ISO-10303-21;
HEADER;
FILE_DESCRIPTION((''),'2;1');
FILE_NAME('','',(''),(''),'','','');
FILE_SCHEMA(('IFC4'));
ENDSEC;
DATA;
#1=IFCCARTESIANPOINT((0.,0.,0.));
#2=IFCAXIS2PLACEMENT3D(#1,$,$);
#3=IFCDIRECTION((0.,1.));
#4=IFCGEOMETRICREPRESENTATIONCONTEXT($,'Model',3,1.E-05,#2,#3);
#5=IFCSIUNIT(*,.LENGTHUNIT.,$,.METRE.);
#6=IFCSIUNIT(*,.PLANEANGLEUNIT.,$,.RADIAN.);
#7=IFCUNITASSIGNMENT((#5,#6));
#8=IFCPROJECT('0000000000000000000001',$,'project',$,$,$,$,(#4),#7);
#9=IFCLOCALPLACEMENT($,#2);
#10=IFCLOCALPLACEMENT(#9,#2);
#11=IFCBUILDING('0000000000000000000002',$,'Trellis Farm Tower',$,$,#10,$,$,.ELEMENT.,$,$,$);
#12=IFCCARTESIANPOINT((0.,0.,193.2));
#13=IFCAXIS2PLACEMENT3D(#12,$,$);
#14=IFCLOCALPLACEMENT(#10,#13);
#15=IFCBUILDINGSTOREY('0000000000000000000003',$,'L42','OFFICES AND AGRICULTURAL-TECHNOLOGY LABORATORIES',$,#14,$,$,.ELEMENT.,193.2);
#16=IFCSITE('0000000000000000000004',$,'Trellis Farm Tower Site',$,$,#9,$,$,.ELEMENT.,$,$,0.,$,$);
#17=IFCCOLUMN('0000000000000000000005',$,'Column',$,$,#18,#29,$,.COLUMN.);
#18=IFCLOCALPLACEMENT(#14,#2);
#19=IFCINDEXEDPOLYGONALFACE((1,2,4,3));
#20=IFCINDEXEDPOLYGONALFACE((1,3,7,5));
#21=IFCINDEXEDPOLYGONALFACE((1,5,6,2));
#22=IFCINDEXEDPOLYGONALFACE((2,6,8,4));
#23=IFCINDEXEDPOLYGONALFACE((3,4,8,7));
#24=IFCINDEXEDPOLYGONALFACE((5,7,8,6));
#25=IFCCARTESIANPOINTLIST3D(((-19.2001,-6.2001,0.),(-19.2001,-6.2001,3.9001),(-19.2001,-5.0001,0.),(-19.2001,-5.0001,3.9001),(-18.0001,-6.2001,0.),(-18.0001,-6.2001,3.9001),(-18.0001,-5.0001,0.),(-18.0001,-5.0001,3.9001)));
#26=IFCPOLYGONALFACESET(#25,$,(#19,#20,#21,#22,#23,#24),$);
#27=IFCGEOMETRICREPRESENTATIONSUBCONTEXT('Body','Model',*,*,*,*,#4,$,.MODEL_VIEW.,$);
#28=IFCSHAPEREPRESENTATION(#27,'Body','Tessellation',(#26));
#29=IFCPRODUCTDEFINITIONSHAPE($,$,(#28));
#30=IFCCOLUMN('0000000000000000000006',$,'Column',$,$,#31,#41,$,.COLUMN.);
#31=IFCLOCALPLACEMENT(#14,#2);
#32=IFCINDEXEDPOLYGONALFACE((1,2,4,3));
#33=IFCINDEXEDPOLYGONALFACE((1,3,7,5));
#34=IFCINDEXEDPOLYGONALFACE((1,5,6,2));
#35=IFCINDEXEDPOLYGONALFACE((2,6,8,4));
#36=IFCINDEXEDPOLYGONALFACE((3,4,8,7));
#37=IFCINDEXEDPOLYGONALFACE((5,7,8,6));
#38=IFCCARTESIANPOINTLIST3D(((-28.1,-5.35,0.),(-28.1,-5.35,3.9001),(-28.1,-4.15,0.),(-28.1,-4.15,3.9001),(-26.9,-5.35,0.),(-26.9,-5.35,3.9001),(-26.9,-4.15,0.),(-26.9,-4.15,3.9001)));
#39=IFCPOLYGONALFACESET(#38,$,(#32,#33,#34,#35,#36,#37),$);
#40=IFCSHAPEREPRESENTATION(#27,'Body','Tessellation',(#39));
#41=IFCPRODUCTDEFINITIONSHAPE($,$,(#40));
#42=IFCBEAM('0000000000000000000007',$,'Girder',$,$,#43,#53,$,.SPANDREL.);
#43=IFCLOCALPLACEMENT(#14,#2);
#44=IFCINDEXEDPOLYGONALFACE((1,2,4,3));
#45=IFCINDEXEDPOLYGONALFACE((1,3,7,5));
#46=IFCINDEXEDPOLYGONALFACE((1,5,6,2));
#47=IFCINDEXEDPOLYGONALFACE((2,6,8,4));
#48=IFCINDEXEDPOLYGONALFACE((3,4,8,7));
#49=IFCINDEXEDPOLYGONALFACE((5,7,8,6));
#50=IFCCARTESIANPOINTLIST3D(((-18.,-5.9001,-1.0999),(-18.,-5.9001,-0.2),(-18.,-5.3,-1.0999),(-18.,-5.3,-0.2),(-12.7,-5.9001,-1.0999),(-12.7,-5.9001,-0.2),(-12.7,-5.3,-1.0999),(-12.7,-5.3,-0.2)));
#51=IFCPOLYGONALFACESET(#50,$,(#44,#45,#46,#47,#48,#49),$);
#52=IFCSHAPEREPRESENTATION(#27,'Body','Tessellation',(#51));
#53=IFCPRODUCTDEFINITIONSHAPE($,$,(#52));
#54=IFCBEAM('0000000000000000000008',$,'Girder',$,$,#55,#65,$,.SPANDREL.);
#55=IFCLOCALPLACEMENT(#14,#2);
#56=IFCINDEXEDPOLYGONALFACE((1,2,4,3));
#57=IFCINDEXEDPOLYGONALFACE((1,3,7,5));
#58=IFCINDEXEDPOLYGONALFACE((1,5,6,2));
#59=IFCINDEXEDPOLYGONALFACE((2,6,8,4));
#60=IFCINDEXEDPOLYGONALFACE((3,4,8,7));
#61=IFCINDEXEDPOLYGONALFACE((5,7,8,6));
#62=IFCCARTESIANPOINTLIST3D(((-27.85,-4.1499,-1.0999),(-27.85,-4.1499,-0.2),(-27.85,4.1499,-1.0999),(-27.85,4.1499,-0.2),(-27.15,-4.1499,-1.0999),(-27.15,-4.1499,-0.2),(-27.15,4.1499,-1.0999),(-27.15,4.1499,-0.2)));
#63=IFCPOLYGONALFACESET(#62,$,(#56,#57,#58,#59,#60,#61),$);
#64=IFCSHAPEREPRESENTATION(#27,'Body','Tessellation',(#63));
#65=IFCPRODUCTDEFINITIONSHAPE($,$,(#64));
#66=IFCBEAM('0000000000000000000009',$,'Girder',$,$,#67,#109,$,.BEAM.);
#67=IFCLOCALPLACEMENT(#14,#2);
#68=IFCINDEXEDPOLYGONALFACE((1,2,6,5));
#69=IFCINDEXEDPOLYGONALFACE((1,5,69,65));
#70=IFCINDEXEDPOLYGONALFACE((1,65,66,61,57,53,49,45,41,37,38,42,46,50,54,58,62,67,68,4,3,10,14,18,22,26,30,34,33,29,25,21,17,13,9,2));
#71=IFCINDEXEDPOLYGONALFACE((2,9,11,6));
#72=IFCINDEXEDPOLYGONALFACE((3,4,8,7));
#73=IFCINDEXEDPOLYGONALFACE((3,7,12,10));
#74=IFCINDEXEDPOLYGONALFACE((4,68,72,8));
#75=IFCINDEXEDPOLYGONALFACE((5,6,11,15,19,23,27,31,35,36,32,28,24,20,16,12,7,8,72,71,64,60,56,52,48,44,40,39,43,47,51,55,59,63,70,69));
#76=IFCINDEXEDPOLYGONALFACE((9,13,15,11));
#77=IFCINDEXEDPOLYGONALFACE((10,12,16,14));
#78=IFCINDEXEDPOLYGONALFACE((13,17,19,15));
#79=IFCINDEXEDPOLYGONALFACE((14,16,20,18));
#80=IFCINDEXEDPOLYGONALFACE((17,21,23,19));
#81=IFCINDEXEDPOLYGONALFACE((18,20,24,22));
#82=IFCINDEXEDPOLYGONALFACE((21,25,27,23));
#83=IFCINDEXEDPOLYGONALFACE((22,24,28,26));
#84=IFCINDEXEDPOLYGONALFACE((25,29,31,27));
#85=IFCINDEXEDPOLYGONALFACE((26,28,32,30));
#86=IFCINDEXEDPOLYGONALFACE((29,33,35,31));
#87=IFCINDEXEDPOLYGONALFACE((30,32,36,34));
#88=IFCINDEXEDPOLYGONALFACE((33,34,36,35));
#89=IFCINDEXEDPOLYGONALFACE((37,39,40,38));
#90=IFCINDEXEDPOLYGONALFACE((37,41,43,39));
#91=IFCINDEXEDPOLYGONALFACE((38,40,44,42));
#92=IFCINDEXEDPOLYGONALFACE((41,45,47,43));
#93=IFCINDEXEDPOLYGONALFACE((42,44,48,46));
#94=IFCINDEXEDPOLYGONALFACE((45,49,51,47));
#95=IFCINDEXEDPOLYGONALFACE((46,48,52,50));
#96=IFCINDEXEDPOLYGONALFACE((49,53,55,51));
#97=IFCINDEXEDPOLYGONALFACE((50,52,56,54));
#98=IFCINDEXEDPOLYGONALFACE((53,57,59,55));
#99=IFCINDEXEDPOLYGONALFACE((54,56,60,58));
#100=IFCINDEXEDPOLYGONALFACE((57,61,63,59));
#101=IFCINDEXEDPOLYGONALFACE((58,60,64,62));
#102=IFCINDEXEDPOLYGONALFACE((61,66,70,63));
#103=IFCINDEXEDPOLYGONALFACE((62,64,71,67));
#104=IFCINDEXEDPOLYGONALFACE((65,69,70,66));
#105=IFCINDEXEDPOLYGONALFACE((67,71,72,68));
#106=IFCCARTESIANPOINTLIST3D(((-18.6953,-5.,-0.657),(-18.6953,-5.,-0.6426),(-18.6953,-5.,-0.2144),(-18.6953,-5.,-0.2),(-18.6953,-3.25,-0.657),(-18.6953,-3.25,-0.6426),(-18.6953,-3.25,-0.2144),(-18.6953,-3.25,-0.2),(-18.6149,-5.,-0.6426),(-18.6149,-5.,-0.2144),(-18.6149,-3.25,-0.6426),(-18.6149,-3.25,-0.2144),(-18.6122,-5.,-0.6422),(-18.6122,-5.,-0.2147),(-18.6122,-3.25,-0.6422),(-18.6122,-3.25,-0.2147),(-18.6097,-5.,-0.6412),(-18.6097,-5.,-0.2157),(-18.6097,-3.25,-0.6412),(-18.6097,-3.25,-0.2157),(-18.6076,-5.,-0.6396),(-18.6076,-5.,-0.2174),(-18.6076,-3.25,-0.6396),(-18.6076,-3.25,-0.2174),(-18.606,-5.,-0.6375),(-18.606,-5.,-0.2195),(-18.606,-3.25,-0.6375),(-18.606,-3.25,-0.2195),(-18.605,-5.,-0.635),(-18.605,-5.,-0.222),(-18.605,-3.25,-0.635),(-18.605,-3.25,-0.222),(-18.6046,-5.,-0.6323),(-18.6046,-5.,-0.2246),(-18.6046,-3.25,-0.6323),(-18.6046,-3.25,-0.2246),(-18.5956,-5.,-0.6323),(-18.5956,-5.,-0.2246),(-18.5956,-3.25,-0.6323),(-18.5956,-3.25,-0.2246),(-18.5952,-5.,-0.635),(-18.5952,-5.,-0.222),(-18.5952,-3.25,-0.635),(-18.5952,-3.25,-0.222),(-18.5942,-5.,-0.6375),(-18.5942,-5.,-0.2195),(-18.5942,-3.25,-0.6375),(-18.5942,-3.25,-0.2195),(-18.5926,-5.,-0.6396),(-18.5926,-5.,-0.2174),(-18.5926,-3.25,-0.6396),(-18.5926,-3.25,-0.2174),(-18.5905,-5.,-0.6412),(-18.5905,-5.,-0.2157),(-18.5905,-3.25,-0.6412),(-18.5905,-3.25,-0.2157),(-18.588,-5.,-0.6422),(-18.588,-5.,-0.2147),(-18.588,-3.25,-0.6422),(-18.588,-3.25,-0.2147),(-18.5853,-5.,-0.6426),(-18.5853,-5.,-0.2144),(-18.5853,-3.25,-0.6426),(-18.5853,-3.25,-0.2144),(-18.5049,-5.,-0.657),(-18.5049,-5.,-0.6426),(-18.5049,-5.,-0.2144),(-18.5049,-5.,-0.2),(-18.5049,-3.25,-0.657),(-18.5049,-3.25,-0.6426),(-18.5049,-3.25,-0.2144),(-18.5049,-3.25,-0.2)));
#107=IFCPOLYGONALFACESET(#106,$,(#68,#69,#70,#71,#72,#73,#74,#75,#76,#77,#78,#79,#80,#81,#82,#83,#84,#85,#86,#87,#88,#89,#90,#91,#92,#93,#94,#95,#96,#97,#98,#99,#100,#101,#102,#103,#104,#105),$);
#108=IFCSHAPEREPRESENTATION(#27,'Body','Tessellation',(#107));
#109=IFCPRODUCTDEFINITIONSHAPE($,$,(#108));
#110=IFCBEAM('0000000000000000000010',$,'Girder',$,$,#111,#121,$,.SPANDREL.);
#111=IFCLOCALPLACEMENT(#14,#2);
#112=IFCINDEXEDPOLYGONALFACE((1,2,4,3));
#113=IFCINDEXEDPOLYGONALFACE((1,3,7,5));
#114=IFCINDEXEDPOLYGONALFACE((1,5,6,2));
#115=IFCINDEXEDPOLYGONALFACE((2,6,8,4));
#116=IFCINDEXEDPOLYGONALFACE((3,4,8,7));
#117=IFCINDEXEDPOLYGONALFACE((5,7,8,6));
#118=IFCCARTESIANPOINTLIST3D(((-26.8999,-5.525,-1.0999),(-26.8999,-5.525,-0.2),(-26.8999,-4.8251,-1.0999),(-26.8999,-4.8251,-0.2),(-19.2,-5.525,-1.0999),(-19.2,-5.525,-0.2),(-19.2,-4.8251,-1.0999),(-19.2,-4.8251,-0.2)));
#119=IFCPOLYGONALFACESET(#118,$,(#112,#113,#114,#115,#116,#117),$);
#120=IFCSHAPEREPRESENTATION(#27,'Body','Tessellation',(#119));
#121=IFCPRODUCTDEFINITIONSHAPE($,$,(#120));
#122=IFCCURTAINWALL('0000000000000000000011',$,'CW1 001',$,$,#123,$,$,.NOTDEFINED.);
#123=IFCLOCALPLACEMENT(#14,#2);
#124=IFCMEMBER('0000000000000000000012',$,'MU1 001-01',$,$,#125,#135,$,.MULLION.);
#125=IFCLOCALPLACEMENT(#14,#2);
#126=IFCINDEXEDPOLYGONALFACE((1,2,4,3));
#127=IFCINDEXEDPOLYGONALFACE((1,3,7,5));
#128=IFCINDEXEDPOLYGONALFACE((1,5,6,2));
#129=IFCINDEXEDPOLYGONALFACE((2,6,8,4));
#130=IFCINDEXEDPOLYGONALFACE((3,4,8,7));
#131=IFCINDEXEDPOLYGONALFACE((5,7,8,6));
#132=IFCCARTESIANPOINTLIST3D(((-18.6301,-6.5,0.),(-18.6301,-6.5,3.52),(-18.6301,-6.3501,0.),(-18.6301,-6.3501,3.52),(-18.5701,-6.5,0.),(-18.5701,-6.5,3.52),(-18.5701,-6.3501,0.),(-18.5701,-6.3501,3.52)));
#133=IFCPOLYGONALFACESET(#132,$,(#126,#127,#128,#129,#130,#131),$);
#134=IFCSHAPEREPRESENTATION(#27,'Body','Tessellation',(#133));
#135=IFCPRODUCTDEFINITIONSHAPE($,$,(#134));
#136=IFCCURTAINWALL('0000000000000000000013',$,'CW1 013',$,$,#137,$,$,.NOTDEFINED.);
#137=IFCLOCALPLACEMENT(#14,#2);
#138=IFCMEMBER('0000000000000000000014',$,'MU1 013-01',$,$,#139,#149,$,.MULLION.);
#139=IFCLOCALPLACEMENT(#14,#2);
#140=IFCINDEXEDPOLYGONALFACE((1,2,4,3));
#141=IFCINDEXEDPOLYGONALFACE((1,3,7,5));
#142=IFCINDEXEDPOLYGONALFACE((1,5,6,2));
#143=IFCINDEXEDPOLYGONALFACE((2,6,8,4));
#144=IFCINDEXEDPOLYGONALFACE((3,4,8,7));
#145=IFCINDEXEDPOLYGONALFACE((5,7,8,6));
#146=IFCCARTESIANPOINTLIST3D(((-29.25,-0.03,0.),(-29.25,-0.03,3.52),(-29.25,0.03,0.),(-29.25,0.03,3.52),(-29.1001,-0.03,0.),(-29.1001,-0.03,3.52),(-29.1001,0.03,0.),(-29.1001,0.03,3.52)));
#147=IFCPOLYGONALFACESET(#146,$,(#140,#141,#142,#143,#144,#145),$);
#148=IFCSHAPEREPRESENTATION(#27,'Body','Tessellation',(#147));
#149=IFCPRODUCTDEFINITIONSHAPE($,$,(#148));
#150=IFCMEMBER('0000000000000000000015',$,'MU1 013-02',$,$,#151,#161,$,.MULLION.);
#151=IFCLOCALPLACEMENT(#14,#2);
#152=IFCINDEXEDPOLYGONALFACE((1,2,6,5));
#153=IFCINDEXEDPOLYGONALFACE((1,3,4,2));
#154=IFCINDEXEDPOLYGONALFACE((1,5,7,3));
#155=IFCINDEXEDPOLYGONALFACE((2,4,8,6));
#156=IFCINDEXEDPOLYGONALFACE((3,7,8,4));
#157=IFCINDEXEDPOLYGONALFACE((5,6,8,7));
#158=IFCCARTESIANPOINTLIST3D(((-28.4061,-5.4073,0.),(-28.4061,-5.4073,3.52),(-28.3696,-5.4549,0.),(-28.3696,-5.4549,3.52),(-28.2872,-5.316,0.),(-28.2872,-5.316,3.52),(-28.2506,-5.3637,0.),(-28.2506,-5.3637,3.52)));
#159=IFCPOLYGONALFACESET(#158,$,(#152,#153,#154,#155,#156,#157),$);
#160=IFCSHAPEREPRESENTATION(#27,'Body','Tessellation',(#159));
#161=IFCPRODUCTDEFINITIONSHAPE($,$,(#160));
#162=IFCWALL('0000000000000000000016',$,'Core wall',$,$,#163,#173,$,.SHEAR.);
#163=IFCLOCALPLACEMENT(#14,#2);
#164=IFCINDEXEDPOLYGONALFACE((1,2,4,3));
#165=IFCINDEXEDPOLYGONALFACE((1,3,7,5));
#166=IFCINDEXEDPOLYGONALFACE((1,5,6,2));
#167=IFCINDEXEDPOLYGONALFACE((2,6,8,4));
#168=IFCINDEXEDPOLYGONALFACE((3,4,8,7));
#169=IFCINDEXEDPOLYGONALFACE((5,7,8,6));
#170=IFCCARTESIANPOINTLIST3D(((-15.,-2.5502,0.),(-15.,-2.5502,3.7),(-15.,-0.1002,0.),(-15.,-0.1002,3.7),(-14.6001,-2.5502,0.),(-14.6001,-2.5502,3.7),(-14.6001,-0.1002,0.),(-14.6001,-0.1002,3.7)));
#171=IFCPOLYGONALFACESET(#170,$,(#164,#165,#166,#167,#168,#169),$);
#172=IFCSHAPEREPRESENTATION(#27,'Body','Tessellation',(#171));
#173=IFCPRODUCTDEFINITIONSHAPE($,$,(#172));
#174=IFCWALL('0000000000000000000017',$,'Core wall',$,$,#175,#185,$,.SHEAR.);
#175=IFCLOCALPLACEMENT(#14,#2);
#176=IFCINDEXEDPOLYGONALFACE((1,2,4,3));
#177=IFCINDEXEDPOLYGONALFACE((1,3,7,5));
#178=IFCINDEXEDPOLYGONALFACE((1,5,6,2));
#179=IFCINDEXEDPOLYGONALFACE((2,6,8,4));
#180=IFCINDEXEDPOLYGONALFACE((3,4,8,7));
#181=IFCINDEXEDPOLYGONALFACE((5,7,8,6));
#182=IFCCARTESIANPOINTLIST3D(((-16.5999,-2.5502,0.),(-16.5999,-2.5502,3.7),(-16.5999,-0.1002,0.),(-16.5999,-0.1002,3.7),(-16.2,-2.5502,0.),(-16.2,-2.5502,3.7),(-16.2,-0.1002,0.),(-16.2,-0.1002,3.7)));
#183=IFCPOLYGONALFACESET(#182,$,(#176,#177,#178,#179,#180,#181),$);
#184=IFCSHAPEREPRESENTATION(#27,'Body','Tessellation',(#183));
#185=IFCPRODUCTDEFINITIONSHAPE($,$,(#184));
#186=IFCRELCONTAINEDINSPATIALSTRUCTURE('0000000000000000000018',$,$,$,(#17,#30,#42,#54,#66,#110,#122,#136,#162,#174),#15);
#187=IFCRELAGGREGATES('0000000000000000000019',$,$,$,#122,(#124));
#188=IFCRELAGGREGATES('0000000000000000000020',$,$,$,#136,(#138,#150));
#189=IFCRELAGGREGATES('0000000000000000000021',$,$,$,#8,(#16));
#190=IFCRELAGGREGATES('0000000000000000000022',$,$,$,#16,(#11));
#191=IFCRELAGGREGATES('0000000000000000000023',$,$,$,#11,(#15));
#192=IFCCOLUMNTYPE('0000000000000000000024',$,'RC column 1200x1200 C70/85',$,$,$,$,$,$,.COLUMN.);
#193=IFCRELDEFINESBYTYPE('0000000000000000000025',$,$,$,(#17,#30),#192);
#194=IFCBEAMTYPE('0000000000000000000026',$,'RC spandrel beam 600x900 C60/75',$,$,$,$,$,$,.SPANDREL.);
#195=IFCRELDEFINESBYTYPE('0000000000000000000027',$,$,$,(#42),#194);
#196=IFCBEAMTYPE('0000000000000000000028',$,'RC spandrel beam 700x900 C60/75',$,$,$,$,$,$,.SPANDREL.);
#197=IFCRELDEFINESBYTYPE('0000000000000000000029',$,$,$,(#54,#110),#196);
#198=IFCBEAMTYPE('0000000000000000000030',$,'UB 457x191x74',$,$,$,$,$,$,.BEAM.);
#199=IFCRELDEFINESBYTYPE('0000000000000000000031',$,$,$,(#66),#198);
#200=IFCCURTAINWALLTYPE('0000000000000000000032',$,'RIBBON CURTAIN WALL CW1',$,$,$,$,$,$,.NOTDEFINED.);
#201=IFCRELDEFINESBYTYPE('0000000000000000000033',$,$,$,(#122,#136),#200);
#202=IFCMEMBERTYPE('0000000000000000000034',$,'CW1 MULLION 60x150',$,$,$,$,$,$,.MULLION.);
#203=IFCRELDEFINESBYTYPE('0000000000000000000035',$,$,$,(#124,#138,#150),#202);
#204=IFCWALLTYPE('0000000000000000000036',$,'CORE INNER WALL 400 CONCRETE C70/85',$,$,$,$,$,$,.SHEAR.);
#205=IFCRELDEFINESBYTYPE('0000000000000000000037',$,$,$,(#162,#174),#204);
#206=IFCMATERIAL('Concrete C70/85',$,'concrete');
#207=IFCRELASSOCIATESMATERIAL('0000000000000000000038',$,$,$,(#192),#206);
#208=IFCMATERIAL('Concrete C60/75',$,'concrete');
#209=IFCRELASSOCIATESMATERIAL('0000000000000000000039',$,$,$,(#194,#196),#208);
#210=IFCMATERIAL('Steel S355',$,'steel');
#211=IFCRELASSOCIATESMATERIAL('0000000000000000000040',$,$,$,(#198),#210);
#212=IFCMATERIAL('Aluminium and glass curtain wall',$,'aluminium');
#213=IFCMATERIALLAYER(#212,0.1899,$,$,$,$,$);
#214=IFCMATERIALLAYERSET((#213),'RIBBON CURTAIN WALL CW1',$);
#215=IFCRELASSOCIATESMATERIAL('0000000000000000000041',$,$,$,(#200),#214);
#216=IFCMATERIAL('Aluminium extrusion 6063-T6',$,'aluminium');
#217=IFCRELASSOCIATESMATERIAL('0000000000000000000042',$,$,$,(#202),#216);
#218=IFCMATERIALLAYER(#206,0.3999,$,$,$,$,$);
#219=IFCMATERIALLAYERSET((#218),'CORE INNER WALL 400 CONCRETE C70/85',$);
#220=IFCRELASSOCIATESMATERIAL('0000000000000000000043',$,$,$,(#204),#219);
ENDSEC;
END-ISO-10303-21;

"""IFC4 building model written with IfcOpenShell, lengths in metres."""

from ifc_helpers import new_model, si_unit, direction, frame, frame_2d, origin, origin_2d, place, context, subcontext, project, spatial, rectangle, i_section, extrude, source, transform, mapped, material, layer, layer_set, material_profile, profile_set, type_object, element, aggregate, save


model = new_model("IFC4")

# Units and contexts
model_context = context("Model", 3, precision=1e-05, world=origin(), true_north=direction((0.0, 1.0)))
body_context = subcontext(model_context, "Body", "Model", "MODEL_VIEW")
ifc_project = project(units=[si_unit("LENGTHUNIT", "METRE"), si_unit("PLANEANGLEUNIT", "RADIAN")], contexts=[model_context])

# Site, building, storey
site_placement = place(None, origin())
site = spatial("IfcSite", under=ifc_project, at=site_placement, Name="Trellis Farm Tower Site", CompositionType="ELEMENT", RefElevation=0.0)
building_placement = place(site_placement, origin())
building = spatial("IfcBuilding", under=site, at=building_placement, Name="Trellis Farm Tower", CompositionType="ELEMENT")
storey_placement = place(building_placement, frame((0.0, 0.0, 193.2)))
storey = spatial("IfcBuildingStorey", under=building, at=storey_placement, Name="L42", Description="OFFICES AND AGRICULTURAL-TECHNOLOGY LABORATORIES", CompositionType="ELEMENT", Elevation=193.2)

# Columns
ifc_material_1 = material(Name="Concrete C70/85", Category="concrete")
ifc_material_profile_1 = material_profile(ifc_material_1, rectangle(XDim=1.2, YDim=1.2, at=origin_2d()), Name="RC column 1200x1200 C70/85")
ifc_profile_set_1 = profile_set([ifc_material_profile_1], Name="Concrete C70/85")
column_type = type_object("IfcColumnType", Name="RC column 1200x1200 C70/85", PredefinedType="COLUMN", material=ifc_profile_set_1)
shared_shape_1 = source(origin(), body_context, "Body", "SweptSolid", [
    extrude(rectangle(XDim=1.2, YDim=1.2, at=origin_2d()), origin(), (0.0, 0.0, 1.0), 3.9001),
])
for number, where, z_axis, x_axis, name in (
    (1, (-18.6001, -5.6001, 0.0), (0.0, 0.0, 1.0), (1.0, 0.0, 0.0), "Column"),
    (2, (-27.5, -4.75, 0.0), (0.0, 0.0, 1.0), (1.0, 0.0, 0.0), "Column"),
):
    element("IfcColumn", number, at=place(storey_placement, frame(where, z_axis=z_axis, x_axis=x_axis)), inside=storey, type_object=column_type, Name=name, PredefinedType="COLUMN", context=body_context, shape_type="MappedRepresentation", body=[
        mapped(shared_shape_1, transform((0.0, 0.0, 0.0))),
    ])

# Beams
ifc_material_2 = material(Name="Concrete C60/75", Category="concrete")
ifc_material_profile_2 = material_profile(ifc_material_2, rectangle(XDim=0.6001, YDim=0.8999, at=origin_2d()), Name="RC spandrel beam 600x900 C60/75")
ifc_profile_set_2 = profile_set([ifc_material_profile_2], Name="Concrete C60/75")
beam_type_1 = type_object("IfcBeamType", Name="RC spandrel beam 600x900 C60/75", PredefinedType="SPANDREL", material=ifc_profile_set_2)
shared_shape_2 = source(origin(), body_context, "Body", "SweptSolid", [
    extrude(rectangle(XDim=0.6001, YDim=0.8999, at=origin_2d()), origin(), (0.0, 0.0, 1.0), 5.3),
])
beam_1_placement = place(storey_placement, frame((-18.0, -5.6001, -0.6499), z_axis=(1.0, 0.0, 0.0), x_axis=(0.0, 1.0, 0.0)))
element("IfcBeam", 3, at=beam_1_placement, inside=storey, type_object=beam_type_1, Name="Girder", PredefinedType="SPANDREL", context=body_context, shape_type="MappedRepresentation", body=[
    mapped(shared_shape_2, transform((0.0, 0.0, 0.0))),
])
ifc_material_profile_3 = material_profile(ifc_material_2, rectangle(XDim=0.7, YDim=0.8999, at=origin_2d()), Name="RC spandrel beam 700x900 C60/75")
ifc_profile_set_3 = profile_set([ifc_material_profile_3], Name="Concrete C60/75")
beam_type_2 = type_object("IfcBeamType", Name="RC spandrel beam 700x900 C60/75", PredefinedType="SPANDREL", material=ifc_profile_set_3)
shared_shape_3 = source(origin(), body_context, "Body", "SweptSolid", [
    extrude(rectangle(XDim=0.7, YDim=0.8999, at=origin_2d()), origin(), (0.0, 0.0, 1.0), 8.2998),
])
beam_2_placement = place(storey_placement, frame((-27.5, -4.1499, -0.6499), z_axis=(0.0, 1.0, 0.0), x_axis=(-1.0, 0.0, 0.0)))
element("IfcBeam", 4, at=beam_2_placement, inside=storey, type_object=beam_type_2, Name="Girder", PredefinedType="SPANDREL", context=body_context, shape_type="MappedRepresentation", body=[
    mapped(shared_shape_3, transform((0.0, 0.0, 0.0))),
])
ifc_material_3 = material(Name="Steel S355", Category="steel")
ifc_material_profile_4 = material_profile(ifc_material_3, i_section(OverallWidth=0.1904, OverallDepth=0.457, WebThickness=0.009, FlangeThickness=0.0144, FilletRadius=0.0103, at=origin_2d()), Name="UB 457x191x74")
ifc_profile_set_4 = profile_set([ifc_material_profile_4], Name="Steel S355")
beam_type_3 = type_object("IfcBeamType", Name="UB 457x191x74", PredefinedType="BEAM", material=ifc_profile_set_4)
shared_shape_4 = source(origin(), body_context, "Body", "SweptSolid", [
    extrude(i_section(OverallWidth=0.1904, OverallDepth=0.457, WebThickness=0.009, FlangeThickness=0.0144, FilletRadius=0.0103, at=origin_2d()), origin(), (0.0, 0.0, 1.0), 1.75),
])
beam_3_placement = place(storey_placement, frame((-18.6001, -5.0, -0.4285), z_axis=(0.0, 1.0, 0.0), x_axis=(-1.0, 0.0, 0.0)))
element("IfcBeam", 5, at=beam_3_placement, inside=storey, type_object=beam_type_3, Name="Girder", PredefinedType="BEAM", context=body_context, shape_type="MappedRepresentation", body=[
    mapped(shared_shape_4, transform((0.0, 0.0, 0.0))),
])
shared_shape_5 = source(origin(), body_context, "Body", "SweptSolid", [
    extrude(rectangle(XDim=0.7, YDim=0.8999, at=origin_2d()), origin(), (0.0, 0.0, 1.0), 7.7),
])
beam_4_placement = place(storey_placement, frame((-26.8999, -5.175, -0.6499), z_axis=(1.0, 0.0, 0.0), x_axis=(0.0, 1.0, 0.0)))
element("IfcBeam", 6, at=beam_4_placement, inside=storey, type_object=beam_type_2, Name="Girder", PredefinedType="SPANDREL", context=body_context, shape_type="MappedRepresentation", body=[
    mapped(shared_shape_5, transform((0.0, 0.0, 0.0))),
])

# Curtain wall, member
ifc_material_4 = material(Name="Aluminium and glass curtain wall", Category="aluminium")
ifc_layer_1 = layer(ifc_material_4, 0.1899)
ifc_layer_set_1 = layer_set([ifc_layer_1], Name="RIBBON CURTAIN WALL CW1")
curtain_wall_type = type_object("IfcCurtainWallType", Name="RIBBON CURTAIN WALL CW1", PredefinedType="NOTDEFINED", material=ifc_layer_set_1)
placement = place(storey_placement, origin())
curtain_wall_1 = element("IfcCurtainWall", 7, at=placement, inside=storey, type_object=curtain_wall_type, Name="CW1 001", PredefinedType="NOTDEFINED")
ifc_material_5 = material(Name="Aluminium extrusion 6063-T6", Category="aluminium")
ifc_material_profile_5 = material_profile(ifc_material_5, rectangle(XDim=0.0601, YDim=0.1499, at=origin_2d()), Name="MULLION 60x150")
ifc_profile_set_5 = profile_set([ifc_material_profile_5], Name="Aluminium extrusion 6063-T6")
member_type = type_object("IfcMemberType", Name="CW1 MULLION 60x150", PredefinedType="MULLION", material=ifc_profile_set_5)
shared_shape_6 = source(origin(), body_context, "Body", "SweptSolid", [
    extrude(rectangle(XDim=0.0601, YDim=0.1499, at=origin_2d()), origin(), (0.0, 0.0, 1.0), 3.52),
])
member_1_placement = place(storey_placement, frame((-18.6001, -6.425, 0.0), z_axis=(0.0, 0.0, 1.0), x_axis=(1.0, 0.0, 0.0)))
member_1 = element("IfcMember", 8, at=member_1_placement, type_object=member_type, Name="MU1 001-01", PredefinedType="MULLION", context=body_context, shape_type="MappedRepresentation", body=[
    mapped(shared_shape_6, transform((0.0, 0.0, 0.0))),
])
aggregate(curtain_wall_1, [member_1])

# Curtain wall, members
curtain_wall_2 = element("IfcCurtainWall", 9, at=placement, inside=storey, type_object=curtain_wall_type, Name="CW1 013", PredefinedType="NOTDEFINED")
member_2_placement = place(storey_placement, frame((-29.175, 0.0, 0.0), z_axis=(0.0, 0.0, 1.0), x_axis=(0.0, -1.0, 0.0)))
member_2 = element("IfcMember", 10, at=member_2_placement, type_object=member_type, Name="MU1 013-01", PredefinedType="MULLION", context=body_context, shape_type="MappedRepresentation", body=[
    mapped(shared_shape_6, transform((0.0, 0.0, 0.0))),
])
member_3_placement = place(storey_placement, frame((-28.3284, -5.3855, 0.0), z_axis=(0.0, 0.0, 1.0), x_axis=(0.608761, -0.793353, 0.0)))
member_3 = element("IfcMember", 11, at=member_3_placement, type_object=member_type, Name="MU1 013-02", PredefinedType="MULLION", context=body_context, shape_type="MappedRepresentation", body=[
    mapped(shared_shape_6, transform((0.0, 0.0, 0.0))),
])
aggregate(curtain_wall_2, [member_2, member_3])

# Walls
ifc_layer_2 = layer(ifc_material_1, 0.3999)
ifc_layer_set_2 = layer_set([ifc_layer_2], Name="CORE INNER WALL 400 CONCRETE C70/85")
wall_type_1 = type_object("IfcWallType", Name="CORE INNER WALL 400 CONCRETE C70/85", PredefinedType="SHEAR", material=ifc_layer_set_2)
shared_shape_7 = source(origin(), body_context, "Body", "SweptSolid", [
    extrude(rectangle(XDim=2.45, YDim=0.3999, at=frame_2d((1.2251, 0.0))), origin(), (0.0, 0.0, 1.0), 3.7),
])
for number, where, z_axis, x_axis, name in (
    (12, (-14.8, -0.1001, 0.0), (0.0, 0.0, 1.0), (0.0, -1.0, 0.0), "Core wall"),
    (13, (-16.3999, -0.1001, 0.0), (0.0, 0.0, 1.0), (0.0, -1.0, 0.0), "Core wall"),
):
    element("IfcWall", number, at=place(storey_placement, frame(where, z_axis=z_axis, x_axis=x_axis)), inside=storey, type_object=wall_type_1, Name=name, PredefinedType="SHEAR", context=body_context, shape_type="MappedRepresentation", body=[
        mapped(shared_shape_7, transform((0.0, 0.0, 0.0))),
    ])

save(model, "model.ifc")
